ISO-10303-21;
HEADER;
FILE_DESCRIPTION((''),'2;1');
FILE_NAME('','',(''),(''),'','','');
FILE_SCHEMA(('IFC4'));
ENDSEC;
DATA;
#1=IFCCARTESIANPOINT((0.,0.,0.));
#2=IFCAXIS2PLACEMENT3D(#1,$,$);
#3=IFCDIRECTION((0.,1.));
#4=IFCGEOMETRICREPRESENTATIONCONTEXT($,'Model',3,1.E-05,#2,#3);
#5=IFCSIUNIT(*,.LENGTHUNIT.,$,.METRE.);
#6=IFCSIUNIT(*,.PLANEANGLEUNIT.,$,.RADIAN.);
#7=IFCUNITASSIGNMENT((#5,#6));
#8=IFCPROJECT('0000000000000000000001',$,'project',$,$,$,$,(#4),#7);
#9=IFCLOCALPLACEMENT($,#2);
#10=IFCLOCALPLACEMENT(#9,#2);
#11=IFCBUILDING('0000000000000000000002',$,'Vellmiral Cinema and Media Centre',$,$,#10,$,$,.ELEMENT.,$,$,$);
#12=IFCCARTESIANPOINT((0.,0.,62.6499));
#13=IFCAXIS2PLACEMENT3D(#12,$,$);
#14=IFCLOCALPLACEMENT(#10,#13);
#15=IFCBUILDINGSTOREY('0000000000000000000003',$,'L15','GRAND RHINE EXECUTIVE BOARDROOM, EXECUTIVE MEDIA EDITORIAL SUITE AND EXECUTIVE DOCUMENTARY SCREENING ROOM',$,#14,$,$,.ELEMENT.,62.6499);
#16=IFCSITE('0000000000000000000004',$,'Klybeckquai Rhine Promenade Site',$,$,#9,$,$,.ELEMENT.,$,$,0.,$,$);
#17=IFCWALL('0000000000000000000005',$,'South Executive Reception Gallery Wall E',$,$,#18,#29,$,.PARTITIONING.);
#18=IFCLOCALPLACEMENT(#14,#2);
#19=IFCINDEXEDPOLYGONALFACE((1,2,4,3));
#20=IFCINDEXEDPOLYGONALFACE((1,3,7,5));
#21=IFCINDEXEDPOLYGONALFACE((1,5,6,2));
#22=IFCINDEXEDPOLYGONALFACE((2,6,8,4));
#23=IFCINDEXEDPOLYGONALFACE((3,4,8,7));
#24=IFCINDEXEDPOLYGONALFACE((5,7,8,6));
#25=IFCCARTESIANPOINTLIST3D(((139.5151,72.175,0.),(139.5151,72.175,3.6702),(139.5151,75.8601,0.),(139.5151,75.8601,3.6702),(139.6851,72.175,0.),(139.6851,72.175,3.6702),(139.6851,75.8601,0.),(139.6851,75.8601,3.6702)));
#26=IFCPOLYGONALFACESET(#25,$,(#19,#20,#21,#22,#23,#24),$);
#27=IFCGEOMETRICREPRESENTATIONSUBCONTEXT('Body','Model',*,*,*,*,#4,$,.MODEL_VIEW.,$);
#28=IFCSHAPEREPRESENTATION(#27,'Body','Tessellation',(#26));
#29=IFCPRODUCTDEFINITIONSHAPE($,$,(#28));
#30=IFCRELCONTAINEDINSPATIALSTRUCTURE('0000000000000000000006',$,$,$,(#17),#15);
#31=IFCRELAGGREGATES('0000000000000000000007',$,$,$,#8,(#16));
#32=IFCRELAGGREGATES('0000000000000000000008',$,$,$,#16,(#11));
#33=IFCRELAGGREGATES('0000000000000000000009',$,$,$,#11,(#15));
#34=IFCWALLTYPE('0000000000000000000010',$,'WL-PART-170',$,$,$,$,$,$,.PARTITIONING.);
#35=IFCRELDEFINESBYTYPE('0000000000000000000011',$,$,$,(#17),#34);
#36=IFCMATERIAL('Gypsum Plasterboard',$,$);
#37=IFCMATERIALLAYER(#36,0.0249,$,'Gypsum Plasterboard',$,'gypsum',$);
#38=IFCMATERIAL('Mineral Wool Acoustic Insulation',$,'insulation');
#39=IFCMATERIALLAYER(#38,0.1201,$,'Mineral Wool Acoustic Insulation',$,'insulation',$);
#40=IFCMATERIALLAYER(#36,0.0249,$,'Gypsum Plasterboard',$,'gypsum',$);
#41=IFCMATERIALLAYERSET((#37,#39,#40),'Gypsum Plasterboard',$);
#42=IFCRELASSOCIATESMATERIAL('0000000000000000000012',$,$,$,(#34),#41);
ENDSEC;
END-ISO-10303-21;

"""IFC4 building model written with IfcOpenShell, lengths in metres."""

from ifc_helpers import new_model, si_unit, direction, frame, frame_2d, origin, place, context, subcontext, project, spatial, rectangle, extrude, material, layer, layer_set, type_object, element, save


model = new_model("IFC4")

# Units and contexts
model_context = context("Model", 3, precision=1e-05, world=origin(), true_north=direction((0.0, 1.0)))
body_context = subcontext(model_context, "Body", "Model", "MODEL_VIEW")
ifc_project = project(units=[si_unit("LENGTHUNIT", "METRE"), si_unit("PLANEANGLEUNIT", "RADIAN")], contexts=[model_context])

# Site, building, storey
site_placement = place(None, origin())
site = spatial("IfcSite", under=ifc_project, at=site_placement, Name="Klybeckquai Rhine Promenade Site", CompositionType="ELEMENT", RefElevation=0.0)
building_placement = place(site_placement, origin())
building = spatial("IfcBuilding", under=site, at=building_placement, Name="Vellmiral Cinema and Media Centre", CompositionType="ELEMENT")
storey_placement = place(building_placement, frame((0.0, 0.0, 62.6499)))
storey = spatial("IfcBuildingStorey", under=building, at=storey_placement, Name="L15", Description="GRAND RHINE EXECUTIVE BOARDROOM, EXECUTIVE MEDIA EDITORIAL SUITE AND EXECUTIVE DOCUMENTARY SCREENING ROOM", CompositionType="ELEMENT", Elevation=62.6499)

# Wall
ifc_material_1 = material(Name="Gypsum Plasterboard")
ifc_layer_1 = layer(ifc_material_1, 0.0249, Name="Gypsum Plasterboard", Category="gypsum")
ifc_material_2 = material(Name="Mineral Wool Acoustic Insulation", Category="insulation")
ifc_layer_2 = layer(ifc_material_2, 0.1201, Name="Mineral Wool Acoustic Insulation", Category="insulation")
ifc_layer_3 = layer(ifc_material_1, 0.0249, Name="Gypsum Plasterboard", Category="gypsum")
ifc_layer_set_1 = layer_set([ifc_layer_1, ifc_layer_2, ifc_layer_3], Name="Gypsum Plasterboard")
wall_type = type_object("IfcWallType", Name="WL-PART-170", PredefinedType="PARTITIONING", material=ifc_layer_set_1)
wall_placement = place(storey_placement, frame((139.6001, 72.175, 0.0), z_axis=(0.0, 0.0, 1.0), x_axis=(0.0, 1.0, 0.0)))
element("IfcWall", 1, at=wall_placement, inside=storey, type_object=wall_type, Name="South Executive Reception Gallery Wall E", PredefinedType="PARTITIONING", context=body_context, shape_type="SweptSolid", body=[
    extrude(rectangle(XDim=3.6851, YDim=0.1699, at=frame_2d((1.8425, 0.0))), origin(), (0.0, 0.0, 1.0), 3.6702),
])

save(model, "model.ifc")
